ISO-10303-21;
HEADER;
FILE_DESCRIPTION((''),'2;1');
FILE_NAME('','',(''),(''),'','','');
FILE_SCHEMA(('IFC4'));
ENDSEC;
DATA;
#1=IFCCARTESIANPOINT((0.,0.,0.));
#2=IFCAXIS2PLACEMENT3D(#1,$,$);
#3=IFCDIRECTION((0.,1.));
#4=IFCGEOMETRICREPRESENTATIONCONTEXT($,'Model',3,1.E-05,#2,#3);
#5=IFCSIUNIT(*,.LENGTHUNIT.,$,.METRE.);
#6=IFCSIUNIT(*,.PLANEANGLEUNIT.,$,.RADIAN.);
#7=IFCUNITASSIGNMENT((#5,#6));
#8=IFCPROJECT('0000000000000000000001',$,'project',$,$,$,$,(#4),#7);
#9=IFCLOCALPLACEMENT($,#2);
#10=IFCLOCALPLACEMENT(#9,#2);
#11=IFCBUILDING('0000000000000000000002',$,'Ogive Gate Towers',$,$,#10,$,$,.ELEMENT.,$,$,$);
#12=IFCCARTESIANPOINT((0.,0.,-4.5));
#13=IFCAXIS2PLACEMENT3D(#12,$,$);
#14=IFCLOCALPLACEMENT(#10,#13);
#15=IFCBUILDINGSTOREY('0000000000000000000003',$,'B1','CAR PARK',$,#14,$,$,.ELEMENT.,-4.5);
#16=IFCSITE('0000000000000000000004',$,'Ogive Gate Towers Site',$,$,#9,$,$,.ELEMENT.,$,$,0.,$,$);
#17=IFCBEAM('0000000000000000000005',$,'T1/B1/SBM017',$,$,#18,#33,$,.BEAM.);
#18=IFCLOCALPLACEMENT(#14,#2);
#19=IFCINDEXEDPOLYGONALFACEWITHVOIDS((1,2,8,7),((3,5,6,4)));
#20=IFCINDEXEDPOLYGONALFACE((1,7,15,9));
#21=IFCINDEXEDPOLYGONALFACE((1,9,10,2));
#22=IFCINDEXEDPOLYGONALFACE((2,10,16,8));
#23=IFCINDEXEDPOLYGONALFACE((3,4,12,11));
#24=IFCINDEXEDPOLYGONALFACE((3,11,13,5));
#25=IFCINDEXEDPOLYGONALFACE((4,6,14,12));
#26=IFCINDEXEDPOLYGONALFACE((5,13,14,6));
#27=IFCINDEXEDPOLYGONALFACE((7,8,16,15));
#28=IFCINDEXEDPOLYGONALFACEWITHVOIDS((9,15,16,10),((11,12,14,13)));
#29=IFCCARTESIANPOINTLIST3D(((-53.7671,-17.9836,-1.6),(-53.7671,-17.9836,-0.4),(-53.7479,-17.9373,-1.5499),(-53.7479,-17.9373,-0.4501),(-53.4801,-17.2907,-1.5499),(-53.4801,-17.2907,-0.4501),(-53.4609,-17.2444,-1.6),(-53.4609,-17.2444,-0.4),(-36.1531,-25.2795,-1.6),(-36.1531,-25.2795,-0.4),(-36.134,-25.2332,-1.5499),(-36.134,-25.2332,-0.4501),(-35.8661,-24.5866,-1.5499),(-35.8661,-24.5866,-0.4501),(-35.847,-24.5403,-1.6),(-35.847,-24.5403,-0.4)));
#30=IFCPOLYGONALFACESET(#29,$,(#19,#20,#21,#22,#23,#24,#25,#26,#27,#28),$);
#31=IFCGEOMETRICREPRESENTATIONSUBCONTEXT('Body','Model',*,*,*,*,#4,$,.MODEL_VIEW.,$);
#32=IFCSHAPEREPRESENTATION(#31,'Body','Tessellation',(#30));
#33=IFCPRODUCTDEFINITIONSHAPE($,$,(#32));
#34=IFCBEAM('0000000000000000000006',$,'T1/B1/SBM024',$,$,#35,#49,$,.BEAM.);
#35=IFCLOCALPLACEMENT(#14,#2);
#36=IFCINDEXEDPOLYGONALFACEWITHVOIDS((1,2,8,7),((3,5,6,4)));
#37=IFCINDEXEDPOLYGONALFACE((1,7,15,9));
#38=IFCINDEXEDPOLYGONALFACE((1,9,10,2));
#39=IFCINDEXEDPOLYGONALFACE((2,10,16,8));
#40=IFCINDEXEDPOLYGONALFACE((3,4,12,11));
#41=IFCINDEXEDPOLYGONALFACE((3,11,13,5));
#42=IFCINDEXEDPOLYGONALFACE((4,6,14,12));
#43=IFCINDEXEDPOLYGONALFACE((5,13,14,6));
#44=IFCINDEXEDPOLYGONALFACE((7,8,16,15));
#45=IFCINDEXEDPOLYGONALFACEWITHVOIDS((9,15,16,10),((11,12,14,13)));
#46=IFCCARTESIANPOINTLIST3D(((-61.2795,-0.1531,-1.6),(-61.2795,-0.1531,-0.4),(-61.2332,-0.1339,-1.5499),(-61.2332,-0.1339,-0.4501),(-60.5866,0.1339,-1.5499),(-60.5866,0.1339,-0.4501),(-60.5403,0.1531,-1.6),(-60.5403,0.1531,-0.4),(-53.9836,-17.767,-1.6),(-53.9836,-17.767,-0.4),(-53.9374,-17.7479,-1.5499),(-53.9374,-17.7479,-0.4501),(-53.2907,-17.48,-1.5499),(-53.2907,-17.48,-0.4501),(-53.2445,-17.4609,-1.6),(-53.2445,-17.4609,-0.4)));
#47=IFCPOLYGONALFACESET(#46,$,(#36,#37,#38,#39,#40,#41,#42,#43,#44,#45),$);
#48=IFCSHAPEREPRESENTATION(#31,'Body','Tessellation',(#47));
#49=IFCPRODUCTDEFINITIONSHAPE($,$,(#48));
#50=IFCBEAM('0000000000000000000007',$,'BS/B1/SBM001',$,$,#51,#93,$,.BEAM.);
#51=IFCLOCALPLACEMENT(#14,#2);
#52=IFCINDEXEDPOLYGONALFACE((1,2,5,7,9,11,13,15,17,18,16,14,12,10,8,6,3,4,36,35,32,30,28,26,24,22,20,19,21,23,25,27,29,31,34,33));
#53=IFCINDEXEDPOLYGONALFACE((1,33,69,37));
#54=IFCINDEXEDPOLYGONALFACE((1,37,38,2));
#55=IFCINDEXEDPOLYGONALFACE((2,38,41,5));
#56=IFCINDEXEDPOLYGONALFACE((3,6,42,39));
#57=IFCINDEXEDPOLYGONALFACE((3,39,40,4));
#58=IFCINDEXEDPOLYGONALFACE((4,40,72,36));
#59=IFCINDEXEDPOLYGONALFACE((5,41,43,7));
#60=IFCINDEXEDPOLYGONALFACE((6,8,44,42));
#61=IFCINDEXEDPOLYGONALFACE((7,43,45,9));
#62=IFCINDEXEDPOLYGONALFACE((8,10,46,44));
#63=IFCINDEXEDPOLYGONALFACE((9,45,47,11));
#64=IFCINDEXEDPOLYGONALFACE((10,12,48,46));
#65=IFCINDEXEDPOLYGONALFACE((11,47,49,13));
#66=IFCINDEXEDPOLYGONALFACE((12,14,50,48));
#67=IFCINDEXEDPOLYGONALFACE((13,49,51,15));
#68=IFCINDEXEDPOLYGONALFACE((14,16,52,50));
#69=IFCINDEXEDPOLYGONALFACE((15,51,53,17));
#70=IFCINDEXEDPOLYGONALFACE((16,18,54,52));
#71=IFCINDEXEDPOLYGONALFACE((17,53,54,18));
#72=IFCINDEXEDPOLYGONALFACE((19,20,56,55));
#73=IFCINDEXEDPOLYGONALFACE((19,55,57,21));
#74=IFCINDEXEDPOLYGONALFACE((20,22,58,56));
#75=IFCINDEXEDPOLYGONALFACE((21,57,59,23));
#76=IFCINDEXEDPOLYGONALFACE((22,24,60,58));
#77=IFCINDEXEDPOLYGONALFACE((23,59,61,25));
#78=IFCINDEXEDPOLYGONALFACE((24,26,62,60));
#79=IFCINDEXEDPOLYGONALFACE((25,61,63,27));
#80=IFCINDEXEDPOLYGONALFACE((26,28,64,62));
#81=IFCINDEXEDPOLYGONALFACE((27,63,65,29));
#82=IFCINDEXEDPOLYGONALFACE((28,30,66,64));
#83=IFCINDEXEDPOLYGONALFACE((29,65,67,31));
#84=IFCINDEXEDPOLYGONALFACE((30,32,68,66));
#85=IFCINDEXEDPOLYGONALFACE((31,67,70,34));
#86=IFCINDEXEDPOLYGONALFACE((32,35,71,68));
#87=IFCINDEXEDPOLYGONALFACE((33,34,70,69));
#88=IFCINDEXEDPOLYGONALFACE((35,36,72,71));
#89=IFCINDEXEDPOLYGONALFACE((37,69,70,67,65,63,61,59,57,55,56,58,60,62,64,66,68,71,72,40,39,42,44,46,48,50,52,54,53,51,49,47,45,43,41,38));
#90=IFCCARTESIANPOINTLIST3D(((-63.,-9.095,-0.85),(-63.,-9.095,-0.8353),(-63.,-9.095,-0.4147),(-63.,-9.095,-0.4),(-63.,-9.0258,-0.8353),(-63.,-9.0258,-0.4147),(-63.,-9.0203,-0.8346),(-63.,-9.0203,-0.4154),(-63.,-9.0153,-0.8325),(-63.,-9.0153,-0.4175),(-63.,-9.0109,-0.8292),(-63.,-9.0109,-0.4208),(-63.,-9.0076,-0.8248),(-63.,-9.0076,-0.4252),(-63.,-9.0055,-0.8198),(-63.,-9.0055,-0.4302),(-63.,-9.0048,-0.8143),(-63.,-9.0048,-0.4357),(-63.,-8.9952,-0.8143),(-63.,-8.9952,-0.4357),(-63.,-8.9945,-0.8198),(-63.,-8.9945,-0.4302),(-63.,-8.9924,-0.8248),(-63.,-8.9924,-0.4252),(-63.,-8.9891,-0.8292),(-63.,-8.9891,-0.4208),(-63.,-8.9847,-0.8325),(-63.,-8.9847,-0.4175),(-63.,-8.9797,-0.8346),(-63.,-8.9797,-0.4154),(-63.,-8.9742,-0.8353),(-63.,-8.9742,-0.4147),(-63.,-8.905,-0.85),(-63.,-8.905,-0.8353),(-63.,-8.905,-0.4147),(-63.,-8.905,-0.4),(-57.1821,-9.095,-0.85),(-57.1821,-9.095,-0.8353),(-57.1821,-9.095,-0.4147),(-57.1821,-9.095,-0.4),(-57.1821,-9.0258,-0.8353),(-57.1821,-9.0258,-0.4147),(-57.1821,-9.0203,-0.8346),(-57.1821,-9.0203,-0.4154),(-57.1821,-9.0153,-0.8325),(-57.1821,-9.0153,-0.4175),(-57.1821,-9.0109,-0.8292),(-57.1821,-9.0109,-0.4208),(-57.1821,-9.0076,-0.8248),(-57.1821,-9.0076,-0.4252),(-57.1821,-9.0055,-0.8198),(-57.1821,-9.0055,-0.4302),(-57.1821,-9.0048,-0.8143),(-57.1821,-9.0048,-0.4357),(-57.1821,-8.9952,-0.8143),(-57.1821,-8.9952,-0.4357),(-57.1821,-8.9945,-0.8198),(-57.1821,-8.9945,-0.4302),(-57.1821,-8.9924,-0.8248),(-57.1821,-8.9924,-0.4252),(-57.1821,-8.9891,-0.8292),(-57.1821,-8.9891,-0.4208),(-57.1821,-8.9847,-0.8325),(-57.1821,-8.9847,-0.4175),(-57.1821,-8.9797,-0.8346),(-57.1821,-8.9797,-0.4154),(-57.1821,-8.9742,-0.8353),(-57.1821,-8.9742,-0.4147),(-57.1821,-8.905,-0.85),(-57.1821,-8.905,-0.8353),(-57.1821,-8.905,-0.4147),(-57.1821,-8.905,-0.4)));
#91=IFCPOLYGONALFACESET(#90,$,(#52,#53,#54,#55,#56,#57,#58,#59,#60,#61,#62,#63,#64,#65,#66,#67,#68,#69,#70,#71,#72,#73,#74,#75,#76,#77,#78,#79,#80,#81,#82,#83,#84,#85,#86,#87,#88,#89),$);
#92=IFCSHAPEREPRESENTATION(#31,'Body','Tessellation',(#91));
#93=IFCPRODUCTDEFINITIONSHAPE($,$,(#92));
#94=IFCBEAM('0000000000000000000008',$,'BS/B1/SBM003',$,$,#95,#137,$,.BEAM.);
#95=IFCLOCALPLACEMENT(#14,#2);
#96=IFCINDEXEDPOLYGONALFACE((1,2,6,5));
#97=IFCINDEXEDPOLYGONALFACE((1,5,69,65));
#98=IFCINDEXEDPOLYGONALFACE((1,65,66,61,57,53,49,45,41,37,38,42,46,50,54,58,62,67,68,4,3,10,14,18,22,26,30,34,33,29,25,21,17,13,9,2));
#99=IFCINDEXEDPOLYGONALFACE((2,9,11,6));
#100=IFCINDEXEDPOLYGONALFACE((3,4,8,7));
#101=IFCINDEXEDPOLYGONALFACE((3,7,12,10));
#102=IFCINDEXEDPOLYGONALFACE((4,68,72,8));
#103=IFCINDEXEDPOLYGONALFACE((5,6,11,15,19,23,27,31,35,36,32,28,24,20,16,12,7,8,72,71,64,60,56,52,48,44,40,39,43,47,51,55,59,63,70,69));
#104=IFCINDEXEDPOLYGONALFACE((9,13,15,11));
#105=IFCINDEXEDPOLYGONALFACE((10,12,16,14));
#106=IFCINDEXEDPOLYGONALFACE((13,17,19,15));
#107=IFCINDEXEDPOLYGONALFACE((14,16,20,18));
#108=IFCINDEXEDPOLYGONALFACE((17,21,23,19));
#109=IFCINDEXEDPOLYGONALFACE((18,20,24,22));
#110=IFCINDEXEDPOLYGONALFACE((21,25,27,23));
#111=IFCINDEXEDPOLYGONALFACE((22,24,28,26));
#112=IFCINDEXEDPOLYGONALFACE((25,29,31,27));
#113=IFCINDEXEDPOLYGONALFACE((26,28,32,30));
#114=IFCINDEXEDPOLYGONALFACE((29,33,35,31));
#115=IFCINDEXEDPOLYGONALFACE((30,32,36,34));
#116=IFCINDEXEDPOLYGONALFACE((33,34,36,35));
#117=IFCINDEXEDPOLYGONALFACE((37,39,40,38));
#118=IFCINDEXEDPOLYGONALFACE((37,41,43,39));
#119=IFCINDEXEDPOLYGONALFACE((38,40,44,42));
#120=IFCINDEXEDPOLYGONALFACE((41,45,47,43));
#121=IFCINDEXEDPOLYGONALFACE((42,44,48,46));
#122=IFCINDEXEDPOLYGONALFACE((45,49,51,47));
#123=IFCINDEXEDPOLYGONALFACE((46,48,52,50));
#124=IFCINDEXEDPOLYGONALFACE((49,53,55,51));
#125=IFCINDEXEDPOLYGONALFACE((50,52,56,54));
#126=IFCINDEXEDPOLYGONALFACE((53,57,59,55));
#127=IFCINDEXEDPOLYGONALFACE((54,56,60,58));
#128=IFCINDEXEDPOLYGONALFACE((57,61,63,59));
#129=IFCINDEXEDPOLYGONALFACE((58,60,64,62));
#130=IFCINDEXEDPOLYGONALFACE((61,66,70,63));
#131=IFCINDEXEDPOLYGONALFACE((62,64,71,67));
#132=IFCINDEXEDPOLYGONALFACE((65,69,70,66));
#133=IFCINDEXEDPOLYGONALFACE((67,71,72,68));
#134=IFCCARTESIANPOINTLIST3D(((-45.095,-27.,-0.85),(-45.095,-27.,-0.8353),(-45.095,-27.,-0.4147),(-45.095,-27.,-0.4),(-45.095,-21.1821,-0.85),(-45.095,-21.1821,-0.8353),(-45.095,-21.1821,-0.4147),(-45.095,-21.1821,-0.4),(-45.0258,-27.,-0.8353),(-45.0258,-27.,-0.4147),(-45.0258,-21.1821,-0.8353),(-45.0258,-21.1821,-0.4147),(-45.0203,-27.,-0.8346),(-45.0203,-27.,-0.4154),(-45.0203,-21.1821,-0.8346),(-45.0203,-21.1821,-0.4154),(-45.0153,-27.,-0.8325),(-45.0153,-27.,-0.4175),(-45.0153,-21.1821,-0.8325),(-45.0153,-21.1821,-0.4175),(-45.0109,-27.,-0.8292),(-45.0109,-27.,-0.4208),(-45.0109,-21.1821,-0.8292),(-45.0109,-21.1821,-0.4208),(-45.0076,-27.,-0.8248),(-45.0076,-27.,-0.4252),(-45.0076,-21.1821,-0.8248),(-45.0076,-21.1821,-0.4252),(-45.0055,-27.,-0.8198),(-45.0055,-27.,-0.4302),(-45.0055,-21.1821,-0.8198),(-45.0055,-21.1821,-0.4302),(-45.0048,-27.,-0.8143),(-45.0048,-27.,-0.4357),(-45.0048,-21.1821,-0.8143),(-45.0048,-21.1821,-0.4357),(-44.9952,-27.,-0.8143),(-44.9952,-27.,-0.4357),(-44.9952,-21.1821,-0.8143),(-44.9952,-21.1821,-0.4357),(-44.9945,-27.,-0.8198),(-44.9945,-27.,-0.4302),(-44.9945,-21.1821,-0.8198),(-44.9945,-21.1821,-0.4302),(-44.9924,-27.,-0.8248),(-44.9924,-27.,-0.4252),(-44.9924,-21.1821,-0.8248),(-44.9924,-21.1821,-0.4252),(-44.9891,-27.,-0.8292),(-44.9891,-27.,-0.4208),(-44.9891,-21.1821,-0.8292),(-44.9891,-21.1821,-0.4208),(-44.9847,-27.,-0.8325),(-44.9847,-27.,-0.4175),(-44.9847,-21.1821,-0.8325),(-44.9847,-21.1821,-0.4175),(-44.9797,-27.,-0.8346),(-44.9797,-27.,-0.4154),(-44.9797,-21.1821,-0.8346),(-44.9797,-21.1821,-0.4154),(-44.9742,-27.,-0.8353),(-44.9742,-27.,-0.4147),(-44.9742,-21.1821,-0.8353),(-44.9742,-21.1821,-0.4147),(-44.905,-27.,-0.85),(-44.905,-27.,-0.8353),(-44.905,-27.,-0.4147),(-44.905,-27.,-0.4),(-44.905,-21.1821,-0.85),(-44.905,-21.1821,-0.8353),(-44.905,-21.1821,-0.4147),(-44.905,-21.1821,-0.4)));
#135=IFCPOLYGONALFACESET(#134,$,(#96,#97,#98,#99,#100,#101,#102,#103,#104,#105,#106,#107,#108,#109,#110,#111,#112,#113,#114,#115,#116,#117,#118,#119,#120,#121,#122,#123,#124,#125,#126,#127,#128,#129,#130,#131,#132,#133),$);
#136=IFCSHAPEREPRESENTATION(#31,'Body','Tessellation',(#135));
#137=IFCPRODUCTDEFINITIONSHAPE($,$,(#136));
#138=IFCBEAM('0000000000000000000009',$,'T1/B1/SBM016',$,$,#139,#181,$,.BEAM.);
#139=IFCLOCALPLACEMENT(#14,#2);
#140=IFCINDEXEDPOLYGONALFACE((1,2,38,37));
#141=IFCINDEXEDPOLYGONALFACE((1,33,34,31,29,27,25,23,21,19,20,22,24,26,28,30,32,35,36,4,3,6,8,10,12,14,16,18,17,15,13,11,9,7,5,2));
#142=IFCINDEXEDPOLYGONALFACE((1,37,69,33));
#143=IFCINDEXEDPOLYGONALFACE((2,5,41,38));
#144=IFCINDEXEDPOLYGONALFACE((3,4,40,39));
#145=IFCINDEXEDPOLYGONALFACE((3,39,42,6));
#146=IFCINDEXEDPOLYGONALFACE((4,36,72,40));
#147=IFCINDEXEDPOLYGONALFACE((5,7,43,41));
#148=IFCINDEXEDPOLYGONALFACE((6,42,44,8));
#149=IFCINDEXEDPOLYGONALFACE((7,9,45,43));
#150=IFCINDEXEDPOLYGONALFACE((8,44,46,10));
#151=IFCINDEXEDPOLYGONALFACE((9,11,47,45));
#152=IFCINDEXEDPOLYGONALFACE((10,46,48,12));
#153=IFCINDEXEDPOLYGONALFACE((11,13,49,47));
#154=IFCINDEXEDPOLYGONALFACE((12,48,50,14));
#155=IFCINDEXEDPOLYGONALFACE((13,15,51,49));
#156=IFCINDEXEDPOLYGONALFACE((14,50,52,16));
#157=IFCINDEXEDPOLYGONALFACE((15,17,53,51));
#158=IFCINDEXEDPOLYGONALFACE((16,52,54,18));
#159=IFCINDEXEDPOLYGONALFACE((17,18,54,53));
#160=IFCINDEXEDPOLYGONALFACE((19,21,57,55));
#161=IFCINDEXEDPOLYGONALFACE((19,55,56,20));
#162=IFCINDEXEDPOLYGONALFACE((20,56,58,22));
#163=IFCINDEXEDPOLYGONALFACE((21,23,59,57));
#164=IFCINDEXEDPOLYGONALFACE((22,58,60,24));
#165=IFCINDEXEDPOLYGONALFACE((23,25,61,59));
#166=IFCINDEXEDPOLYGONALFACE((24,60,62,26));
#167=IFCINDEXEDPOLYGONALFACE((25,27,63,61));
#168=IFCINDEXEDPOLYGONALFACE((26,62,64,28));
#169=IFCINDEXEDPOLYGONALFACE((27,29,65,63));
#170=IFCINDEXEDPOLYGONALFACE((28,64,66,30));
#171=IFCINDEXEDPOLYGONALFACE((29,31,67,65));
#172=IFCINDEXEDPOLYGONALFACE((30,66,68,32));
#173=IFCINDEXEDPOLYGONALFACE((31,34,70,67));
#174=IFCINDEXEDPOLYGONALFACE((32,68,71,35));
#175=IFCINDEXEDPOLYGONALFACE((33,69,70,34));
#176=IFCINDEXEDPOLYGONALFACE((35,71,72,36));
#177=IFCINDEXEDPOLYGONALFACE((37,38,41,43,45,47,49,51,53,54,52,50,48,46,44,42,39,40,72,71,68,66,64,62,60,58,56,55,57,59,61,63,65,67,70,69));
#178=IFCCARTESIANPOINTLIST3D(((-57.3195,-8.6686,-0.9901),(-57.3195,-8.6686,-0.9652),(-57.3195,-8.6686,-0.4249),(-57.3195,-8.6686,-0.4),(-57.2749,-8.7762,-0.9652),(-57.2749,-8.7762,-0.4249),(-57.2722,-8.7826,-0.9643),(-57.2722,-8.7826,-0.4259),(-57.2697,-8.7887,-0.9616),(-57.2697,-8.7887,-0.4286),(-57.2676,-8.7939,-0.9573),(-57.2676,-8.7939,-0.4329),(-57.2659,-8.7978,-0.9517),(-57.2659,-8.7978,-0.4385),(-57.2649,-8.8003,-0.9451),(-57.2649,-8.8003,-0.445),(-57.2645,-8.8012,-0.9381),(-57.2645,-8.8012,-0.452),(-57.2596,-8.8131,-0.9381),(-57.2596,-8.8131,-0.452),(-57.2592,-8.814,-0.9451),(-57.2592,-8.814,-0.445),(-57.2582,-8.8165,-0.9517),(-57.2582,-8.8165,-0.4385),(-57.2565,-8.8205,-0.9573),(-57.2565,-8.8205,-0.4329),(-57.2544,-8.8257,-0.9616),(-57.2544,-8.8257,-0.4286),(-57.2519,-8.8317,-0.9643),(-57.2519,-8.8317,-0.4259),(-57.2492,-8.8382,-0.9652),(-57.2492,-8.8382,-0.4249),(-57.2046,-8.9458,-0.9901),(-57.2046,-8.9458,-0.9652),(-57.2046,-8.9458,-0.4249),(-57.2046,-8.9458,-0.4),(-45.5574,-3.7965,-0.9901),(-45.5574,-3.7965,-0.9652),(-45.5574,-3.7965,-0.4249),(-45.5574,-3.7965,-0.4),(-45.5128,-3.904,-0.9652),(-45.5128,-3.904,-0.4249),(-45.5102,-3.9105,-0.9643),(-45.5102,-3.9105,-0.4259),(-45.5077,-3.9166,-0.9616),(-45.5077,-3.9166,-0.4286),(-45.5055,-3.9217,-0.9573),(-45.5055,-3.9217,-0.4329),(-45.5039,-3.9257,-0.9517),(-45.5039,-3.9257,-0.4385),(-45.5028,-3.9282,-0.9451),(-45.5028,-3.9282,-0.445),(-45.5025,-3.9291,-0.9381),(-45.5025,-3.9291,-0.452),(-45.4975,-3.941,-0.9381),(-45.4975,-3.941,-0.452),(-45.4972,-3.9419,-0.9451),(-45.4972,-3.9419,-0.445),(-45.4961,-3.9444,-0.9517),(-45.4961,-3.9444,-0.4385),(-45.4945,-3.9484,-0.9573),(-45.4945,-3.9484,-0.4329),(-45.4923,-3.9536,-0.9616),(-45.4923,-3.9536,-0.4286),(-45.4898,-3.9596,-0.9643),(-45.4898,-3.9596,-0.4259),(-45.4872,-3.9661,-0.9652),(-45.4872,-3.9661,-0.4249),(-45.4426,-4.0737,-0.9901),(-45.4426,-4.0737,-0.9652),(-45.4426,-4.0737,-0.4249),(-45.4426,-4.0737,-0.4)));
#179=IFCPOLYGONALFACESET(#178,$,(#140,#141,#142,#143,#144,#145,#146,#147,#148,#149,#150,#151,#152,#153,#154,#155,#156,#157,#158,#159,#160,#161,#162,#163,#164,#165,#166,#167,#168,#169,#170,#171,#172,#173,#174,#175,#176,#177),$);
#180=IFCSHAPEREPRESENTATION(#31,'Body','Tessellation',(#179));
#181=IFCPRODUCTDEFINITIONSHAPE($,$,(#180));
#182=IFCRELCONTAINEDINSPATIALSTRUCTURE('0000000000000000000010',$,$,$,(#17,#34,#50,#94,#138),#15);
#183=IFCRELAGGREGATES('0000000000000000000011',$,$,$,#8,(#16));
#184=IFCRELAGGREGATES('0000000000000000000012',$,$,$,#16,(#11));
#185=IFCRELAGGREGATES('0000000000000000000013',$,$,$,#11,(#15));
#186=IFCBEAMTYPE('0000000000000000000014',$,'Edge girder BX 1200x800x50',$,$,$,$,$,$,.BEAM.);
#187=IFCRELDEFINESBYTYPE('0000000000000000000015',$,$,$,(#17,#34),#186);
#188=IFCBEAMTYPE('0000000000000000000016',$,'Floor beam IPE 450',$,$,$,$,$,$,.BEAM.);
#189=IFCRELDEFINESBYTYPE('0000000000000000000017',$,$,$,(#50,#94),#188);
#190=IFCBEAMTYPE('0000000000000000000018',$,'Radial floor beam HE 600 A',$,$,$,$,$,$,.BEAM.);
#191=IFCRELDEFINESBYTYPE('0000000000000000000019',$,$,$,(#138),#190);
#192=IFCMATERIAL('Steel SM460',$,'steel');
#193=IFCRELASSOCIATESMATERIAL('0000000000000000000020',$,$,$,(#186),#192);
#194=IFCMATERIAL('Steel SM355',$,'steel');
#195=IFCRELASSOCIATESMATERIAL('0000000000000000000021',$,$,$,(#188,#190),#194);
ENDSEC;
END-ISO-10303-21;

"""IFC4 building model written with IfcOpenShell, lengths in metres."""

from ifc_helpers import new_model, si_unit, direction, frame, origin, origin_2d, place, context, subcontext, project, spatial, hollow_rectangle, i_section, extrude, material, material_profile, profile_set, type_object, element, save


model = new_model("IFC4")

# Units and contexts
model_context = context("Model", 3, precision=1e-05, world=origin(), true_north=direction((0.0, 1.0)))
body_context = subcontext(model_context, "Body", "Model", "MODEL_VIEW")
ifc_project = project(units=[si_unit("LENGTHUNIT", "METRE"), si_unit("PLANEANGLEUNIT", "RADIAN")], contexts=[model_context])

# Site, building, storey
site_placement = place(None, origin())
site = spatial("IfcSite", under=ifc_project, at=site_placement, Name="Ogive Gate Towers Site", CompositionType="ELEMENT", RefElevation=0.0)
building_placement = place(site_placement, origin())
building = spatial("IfcBuilding", under=site, at=building_placement, Name="Ogive Gate Towers", CompositionType="ELEMENT")
storey_placement = place(building_placement, frame((0.0, 0.0, -4.5)))
storey = spatial("IfcBuildingStorey", under=building, at=storey_placement, Name="B1", Description="CAR PARK", CompositionType="ELEMENT", Elevation=-4.5)

# Beams
ifc_material_1 = material(Name="Steel SM460", Category="steel")
ifc_material_profile_1 = material_profile(ifc_material_1, hollow_rectangle(XDim=0.8, YDim=1.2, WallThickness=0.05, at=origin_2d()), Name="BX 1200x800x50")
ifc_profile_set_1 = profile_set([ifc_material_profile_1], Name="Steel SM460")
beam_type_1 = type_object("IfcBeamType", Name="Edge girder BX 1200x800x50", PredefinedType="BEAM", material=ifc_profile_set_1)
for number, where, z_axis, x_axis, name in (
    (1, (-53.614, -17.614, -1.0), (0.923881, -0.382681, 0.0), (0.382681, 0.923881, 0.0), "T1/B1/SBM017"),
    (2, (-60.9099, 0.0, -1.0), (0.382681, -0.923881, 0.0), (0.923881, 0.382681, 0.0), "T1/B1/SBM024"),
):
    element("IfcBeam", number, at=place(storey_placement, frame(where, z_axis=z_axis, x_axis=x_axis)), inside=storey, type_object=beam_type_1, Name=name, PredefinedType="BEAM", context=body_context, shape_type="SweptSolid", body=[
        extrude(hollow_rectangle(XDim=0.8, YDim=1.2, WallThickness=0.05, at=origin_2d()), origin(), (0.0, 0.0, 1.0), 19.0652),
    ])
ifc_material_2 = material(Name="Steel SM355", Category="steel")
ifc_material_profile_2 = material_profile(ifc_material_2, i_section(OverallWidth=0.1899, OverallDepth=0.45, WebThickness=0.0095, FlangeThickness=0.0146, FilletRadius=0.021, at=origin_2d()), Name="IPE 450")
ifc_profile_set_2 = profile_set([ifc_material_profile_2], Name="Steel SM355")
beam_type_2 = type_object("IfcBeamType", Name="Floor beam IPE 450", PredefinedType="BEAM", material=ifc_profile_set_2)
for number, where, z_axis, x_axis, name in (
    (3, (-63.0, -9.0, -0.625), (1.0, 0.0, 0.0), (0.0, 1.0, 0.0), "BS/B1/SBM001"),
    (4, (-45.0, -27.0, -0.625), (0.0, 1.0, 0.0), (-1.0, 0.0, 0.0), "BS/B1/SBM003"),
):
    element("IfcBeam", number, at=place(storey_placement, frame(where, z_axis=z_axis, x_axis=x_axis)), inside=storey, type_object=beam_type_2, Name=name, PredefinedType="BEAM", context=body_context, shape_type="SweptSolid", body=[
        extrude(i_section(OverallWidth=0.1899, OverallDepth=0.45, WebThickness=0.0095, FlangeThickness=0.0146, FilletRadius=0.021, at=origin_2d()), origin(), (0.0, 0.0, 1.0), 5.8179),
    ])
ifc_material_profile_3 = material_profile(ifc_material_2, i_section(OverallWidth=0.3, OverallDepth=0.5901, WebThickness=0.0129, FlangeThickness=0.0249, FilletRadius=0.0271, at=origin_2d()), Name="HE 600 A")
ifc_profile_set_3 = profile_set([ifc_material_profile_3], Name="Steel SM355")
beam_type_3 = type_object("IfcBeamType", Name="Radial floor beam HE 600 A", PredefinedType="BEAM", material=ifc_profile_set_3)
beam_1_placement = place(storey_placement, frame((-45.5, -3.9351, -0.6951), z_axis=(-0.923877, -0.382691, 0.0), x_axis=(0.382691, -0.923877, 0.0)))
element("IfcBeam", 5, at=beam_1_placement, inside=storey, type_object=beam_type_3, Name="T1/B1/SBM016", PredefinedType="BEAM", context=body_context, shape_type="SweptSolid", body=[
    extrude(i_section(OverallWidth=0.3, OverallDepth=0.5901, WebThickness=0.0129, FlangeThickness=0.0249, FilletRadius=0.0271, at=origin_2d()), origin(), (0.0, 0.0, 1.0), 12.7312),
])

save(model, "model.ifc")
